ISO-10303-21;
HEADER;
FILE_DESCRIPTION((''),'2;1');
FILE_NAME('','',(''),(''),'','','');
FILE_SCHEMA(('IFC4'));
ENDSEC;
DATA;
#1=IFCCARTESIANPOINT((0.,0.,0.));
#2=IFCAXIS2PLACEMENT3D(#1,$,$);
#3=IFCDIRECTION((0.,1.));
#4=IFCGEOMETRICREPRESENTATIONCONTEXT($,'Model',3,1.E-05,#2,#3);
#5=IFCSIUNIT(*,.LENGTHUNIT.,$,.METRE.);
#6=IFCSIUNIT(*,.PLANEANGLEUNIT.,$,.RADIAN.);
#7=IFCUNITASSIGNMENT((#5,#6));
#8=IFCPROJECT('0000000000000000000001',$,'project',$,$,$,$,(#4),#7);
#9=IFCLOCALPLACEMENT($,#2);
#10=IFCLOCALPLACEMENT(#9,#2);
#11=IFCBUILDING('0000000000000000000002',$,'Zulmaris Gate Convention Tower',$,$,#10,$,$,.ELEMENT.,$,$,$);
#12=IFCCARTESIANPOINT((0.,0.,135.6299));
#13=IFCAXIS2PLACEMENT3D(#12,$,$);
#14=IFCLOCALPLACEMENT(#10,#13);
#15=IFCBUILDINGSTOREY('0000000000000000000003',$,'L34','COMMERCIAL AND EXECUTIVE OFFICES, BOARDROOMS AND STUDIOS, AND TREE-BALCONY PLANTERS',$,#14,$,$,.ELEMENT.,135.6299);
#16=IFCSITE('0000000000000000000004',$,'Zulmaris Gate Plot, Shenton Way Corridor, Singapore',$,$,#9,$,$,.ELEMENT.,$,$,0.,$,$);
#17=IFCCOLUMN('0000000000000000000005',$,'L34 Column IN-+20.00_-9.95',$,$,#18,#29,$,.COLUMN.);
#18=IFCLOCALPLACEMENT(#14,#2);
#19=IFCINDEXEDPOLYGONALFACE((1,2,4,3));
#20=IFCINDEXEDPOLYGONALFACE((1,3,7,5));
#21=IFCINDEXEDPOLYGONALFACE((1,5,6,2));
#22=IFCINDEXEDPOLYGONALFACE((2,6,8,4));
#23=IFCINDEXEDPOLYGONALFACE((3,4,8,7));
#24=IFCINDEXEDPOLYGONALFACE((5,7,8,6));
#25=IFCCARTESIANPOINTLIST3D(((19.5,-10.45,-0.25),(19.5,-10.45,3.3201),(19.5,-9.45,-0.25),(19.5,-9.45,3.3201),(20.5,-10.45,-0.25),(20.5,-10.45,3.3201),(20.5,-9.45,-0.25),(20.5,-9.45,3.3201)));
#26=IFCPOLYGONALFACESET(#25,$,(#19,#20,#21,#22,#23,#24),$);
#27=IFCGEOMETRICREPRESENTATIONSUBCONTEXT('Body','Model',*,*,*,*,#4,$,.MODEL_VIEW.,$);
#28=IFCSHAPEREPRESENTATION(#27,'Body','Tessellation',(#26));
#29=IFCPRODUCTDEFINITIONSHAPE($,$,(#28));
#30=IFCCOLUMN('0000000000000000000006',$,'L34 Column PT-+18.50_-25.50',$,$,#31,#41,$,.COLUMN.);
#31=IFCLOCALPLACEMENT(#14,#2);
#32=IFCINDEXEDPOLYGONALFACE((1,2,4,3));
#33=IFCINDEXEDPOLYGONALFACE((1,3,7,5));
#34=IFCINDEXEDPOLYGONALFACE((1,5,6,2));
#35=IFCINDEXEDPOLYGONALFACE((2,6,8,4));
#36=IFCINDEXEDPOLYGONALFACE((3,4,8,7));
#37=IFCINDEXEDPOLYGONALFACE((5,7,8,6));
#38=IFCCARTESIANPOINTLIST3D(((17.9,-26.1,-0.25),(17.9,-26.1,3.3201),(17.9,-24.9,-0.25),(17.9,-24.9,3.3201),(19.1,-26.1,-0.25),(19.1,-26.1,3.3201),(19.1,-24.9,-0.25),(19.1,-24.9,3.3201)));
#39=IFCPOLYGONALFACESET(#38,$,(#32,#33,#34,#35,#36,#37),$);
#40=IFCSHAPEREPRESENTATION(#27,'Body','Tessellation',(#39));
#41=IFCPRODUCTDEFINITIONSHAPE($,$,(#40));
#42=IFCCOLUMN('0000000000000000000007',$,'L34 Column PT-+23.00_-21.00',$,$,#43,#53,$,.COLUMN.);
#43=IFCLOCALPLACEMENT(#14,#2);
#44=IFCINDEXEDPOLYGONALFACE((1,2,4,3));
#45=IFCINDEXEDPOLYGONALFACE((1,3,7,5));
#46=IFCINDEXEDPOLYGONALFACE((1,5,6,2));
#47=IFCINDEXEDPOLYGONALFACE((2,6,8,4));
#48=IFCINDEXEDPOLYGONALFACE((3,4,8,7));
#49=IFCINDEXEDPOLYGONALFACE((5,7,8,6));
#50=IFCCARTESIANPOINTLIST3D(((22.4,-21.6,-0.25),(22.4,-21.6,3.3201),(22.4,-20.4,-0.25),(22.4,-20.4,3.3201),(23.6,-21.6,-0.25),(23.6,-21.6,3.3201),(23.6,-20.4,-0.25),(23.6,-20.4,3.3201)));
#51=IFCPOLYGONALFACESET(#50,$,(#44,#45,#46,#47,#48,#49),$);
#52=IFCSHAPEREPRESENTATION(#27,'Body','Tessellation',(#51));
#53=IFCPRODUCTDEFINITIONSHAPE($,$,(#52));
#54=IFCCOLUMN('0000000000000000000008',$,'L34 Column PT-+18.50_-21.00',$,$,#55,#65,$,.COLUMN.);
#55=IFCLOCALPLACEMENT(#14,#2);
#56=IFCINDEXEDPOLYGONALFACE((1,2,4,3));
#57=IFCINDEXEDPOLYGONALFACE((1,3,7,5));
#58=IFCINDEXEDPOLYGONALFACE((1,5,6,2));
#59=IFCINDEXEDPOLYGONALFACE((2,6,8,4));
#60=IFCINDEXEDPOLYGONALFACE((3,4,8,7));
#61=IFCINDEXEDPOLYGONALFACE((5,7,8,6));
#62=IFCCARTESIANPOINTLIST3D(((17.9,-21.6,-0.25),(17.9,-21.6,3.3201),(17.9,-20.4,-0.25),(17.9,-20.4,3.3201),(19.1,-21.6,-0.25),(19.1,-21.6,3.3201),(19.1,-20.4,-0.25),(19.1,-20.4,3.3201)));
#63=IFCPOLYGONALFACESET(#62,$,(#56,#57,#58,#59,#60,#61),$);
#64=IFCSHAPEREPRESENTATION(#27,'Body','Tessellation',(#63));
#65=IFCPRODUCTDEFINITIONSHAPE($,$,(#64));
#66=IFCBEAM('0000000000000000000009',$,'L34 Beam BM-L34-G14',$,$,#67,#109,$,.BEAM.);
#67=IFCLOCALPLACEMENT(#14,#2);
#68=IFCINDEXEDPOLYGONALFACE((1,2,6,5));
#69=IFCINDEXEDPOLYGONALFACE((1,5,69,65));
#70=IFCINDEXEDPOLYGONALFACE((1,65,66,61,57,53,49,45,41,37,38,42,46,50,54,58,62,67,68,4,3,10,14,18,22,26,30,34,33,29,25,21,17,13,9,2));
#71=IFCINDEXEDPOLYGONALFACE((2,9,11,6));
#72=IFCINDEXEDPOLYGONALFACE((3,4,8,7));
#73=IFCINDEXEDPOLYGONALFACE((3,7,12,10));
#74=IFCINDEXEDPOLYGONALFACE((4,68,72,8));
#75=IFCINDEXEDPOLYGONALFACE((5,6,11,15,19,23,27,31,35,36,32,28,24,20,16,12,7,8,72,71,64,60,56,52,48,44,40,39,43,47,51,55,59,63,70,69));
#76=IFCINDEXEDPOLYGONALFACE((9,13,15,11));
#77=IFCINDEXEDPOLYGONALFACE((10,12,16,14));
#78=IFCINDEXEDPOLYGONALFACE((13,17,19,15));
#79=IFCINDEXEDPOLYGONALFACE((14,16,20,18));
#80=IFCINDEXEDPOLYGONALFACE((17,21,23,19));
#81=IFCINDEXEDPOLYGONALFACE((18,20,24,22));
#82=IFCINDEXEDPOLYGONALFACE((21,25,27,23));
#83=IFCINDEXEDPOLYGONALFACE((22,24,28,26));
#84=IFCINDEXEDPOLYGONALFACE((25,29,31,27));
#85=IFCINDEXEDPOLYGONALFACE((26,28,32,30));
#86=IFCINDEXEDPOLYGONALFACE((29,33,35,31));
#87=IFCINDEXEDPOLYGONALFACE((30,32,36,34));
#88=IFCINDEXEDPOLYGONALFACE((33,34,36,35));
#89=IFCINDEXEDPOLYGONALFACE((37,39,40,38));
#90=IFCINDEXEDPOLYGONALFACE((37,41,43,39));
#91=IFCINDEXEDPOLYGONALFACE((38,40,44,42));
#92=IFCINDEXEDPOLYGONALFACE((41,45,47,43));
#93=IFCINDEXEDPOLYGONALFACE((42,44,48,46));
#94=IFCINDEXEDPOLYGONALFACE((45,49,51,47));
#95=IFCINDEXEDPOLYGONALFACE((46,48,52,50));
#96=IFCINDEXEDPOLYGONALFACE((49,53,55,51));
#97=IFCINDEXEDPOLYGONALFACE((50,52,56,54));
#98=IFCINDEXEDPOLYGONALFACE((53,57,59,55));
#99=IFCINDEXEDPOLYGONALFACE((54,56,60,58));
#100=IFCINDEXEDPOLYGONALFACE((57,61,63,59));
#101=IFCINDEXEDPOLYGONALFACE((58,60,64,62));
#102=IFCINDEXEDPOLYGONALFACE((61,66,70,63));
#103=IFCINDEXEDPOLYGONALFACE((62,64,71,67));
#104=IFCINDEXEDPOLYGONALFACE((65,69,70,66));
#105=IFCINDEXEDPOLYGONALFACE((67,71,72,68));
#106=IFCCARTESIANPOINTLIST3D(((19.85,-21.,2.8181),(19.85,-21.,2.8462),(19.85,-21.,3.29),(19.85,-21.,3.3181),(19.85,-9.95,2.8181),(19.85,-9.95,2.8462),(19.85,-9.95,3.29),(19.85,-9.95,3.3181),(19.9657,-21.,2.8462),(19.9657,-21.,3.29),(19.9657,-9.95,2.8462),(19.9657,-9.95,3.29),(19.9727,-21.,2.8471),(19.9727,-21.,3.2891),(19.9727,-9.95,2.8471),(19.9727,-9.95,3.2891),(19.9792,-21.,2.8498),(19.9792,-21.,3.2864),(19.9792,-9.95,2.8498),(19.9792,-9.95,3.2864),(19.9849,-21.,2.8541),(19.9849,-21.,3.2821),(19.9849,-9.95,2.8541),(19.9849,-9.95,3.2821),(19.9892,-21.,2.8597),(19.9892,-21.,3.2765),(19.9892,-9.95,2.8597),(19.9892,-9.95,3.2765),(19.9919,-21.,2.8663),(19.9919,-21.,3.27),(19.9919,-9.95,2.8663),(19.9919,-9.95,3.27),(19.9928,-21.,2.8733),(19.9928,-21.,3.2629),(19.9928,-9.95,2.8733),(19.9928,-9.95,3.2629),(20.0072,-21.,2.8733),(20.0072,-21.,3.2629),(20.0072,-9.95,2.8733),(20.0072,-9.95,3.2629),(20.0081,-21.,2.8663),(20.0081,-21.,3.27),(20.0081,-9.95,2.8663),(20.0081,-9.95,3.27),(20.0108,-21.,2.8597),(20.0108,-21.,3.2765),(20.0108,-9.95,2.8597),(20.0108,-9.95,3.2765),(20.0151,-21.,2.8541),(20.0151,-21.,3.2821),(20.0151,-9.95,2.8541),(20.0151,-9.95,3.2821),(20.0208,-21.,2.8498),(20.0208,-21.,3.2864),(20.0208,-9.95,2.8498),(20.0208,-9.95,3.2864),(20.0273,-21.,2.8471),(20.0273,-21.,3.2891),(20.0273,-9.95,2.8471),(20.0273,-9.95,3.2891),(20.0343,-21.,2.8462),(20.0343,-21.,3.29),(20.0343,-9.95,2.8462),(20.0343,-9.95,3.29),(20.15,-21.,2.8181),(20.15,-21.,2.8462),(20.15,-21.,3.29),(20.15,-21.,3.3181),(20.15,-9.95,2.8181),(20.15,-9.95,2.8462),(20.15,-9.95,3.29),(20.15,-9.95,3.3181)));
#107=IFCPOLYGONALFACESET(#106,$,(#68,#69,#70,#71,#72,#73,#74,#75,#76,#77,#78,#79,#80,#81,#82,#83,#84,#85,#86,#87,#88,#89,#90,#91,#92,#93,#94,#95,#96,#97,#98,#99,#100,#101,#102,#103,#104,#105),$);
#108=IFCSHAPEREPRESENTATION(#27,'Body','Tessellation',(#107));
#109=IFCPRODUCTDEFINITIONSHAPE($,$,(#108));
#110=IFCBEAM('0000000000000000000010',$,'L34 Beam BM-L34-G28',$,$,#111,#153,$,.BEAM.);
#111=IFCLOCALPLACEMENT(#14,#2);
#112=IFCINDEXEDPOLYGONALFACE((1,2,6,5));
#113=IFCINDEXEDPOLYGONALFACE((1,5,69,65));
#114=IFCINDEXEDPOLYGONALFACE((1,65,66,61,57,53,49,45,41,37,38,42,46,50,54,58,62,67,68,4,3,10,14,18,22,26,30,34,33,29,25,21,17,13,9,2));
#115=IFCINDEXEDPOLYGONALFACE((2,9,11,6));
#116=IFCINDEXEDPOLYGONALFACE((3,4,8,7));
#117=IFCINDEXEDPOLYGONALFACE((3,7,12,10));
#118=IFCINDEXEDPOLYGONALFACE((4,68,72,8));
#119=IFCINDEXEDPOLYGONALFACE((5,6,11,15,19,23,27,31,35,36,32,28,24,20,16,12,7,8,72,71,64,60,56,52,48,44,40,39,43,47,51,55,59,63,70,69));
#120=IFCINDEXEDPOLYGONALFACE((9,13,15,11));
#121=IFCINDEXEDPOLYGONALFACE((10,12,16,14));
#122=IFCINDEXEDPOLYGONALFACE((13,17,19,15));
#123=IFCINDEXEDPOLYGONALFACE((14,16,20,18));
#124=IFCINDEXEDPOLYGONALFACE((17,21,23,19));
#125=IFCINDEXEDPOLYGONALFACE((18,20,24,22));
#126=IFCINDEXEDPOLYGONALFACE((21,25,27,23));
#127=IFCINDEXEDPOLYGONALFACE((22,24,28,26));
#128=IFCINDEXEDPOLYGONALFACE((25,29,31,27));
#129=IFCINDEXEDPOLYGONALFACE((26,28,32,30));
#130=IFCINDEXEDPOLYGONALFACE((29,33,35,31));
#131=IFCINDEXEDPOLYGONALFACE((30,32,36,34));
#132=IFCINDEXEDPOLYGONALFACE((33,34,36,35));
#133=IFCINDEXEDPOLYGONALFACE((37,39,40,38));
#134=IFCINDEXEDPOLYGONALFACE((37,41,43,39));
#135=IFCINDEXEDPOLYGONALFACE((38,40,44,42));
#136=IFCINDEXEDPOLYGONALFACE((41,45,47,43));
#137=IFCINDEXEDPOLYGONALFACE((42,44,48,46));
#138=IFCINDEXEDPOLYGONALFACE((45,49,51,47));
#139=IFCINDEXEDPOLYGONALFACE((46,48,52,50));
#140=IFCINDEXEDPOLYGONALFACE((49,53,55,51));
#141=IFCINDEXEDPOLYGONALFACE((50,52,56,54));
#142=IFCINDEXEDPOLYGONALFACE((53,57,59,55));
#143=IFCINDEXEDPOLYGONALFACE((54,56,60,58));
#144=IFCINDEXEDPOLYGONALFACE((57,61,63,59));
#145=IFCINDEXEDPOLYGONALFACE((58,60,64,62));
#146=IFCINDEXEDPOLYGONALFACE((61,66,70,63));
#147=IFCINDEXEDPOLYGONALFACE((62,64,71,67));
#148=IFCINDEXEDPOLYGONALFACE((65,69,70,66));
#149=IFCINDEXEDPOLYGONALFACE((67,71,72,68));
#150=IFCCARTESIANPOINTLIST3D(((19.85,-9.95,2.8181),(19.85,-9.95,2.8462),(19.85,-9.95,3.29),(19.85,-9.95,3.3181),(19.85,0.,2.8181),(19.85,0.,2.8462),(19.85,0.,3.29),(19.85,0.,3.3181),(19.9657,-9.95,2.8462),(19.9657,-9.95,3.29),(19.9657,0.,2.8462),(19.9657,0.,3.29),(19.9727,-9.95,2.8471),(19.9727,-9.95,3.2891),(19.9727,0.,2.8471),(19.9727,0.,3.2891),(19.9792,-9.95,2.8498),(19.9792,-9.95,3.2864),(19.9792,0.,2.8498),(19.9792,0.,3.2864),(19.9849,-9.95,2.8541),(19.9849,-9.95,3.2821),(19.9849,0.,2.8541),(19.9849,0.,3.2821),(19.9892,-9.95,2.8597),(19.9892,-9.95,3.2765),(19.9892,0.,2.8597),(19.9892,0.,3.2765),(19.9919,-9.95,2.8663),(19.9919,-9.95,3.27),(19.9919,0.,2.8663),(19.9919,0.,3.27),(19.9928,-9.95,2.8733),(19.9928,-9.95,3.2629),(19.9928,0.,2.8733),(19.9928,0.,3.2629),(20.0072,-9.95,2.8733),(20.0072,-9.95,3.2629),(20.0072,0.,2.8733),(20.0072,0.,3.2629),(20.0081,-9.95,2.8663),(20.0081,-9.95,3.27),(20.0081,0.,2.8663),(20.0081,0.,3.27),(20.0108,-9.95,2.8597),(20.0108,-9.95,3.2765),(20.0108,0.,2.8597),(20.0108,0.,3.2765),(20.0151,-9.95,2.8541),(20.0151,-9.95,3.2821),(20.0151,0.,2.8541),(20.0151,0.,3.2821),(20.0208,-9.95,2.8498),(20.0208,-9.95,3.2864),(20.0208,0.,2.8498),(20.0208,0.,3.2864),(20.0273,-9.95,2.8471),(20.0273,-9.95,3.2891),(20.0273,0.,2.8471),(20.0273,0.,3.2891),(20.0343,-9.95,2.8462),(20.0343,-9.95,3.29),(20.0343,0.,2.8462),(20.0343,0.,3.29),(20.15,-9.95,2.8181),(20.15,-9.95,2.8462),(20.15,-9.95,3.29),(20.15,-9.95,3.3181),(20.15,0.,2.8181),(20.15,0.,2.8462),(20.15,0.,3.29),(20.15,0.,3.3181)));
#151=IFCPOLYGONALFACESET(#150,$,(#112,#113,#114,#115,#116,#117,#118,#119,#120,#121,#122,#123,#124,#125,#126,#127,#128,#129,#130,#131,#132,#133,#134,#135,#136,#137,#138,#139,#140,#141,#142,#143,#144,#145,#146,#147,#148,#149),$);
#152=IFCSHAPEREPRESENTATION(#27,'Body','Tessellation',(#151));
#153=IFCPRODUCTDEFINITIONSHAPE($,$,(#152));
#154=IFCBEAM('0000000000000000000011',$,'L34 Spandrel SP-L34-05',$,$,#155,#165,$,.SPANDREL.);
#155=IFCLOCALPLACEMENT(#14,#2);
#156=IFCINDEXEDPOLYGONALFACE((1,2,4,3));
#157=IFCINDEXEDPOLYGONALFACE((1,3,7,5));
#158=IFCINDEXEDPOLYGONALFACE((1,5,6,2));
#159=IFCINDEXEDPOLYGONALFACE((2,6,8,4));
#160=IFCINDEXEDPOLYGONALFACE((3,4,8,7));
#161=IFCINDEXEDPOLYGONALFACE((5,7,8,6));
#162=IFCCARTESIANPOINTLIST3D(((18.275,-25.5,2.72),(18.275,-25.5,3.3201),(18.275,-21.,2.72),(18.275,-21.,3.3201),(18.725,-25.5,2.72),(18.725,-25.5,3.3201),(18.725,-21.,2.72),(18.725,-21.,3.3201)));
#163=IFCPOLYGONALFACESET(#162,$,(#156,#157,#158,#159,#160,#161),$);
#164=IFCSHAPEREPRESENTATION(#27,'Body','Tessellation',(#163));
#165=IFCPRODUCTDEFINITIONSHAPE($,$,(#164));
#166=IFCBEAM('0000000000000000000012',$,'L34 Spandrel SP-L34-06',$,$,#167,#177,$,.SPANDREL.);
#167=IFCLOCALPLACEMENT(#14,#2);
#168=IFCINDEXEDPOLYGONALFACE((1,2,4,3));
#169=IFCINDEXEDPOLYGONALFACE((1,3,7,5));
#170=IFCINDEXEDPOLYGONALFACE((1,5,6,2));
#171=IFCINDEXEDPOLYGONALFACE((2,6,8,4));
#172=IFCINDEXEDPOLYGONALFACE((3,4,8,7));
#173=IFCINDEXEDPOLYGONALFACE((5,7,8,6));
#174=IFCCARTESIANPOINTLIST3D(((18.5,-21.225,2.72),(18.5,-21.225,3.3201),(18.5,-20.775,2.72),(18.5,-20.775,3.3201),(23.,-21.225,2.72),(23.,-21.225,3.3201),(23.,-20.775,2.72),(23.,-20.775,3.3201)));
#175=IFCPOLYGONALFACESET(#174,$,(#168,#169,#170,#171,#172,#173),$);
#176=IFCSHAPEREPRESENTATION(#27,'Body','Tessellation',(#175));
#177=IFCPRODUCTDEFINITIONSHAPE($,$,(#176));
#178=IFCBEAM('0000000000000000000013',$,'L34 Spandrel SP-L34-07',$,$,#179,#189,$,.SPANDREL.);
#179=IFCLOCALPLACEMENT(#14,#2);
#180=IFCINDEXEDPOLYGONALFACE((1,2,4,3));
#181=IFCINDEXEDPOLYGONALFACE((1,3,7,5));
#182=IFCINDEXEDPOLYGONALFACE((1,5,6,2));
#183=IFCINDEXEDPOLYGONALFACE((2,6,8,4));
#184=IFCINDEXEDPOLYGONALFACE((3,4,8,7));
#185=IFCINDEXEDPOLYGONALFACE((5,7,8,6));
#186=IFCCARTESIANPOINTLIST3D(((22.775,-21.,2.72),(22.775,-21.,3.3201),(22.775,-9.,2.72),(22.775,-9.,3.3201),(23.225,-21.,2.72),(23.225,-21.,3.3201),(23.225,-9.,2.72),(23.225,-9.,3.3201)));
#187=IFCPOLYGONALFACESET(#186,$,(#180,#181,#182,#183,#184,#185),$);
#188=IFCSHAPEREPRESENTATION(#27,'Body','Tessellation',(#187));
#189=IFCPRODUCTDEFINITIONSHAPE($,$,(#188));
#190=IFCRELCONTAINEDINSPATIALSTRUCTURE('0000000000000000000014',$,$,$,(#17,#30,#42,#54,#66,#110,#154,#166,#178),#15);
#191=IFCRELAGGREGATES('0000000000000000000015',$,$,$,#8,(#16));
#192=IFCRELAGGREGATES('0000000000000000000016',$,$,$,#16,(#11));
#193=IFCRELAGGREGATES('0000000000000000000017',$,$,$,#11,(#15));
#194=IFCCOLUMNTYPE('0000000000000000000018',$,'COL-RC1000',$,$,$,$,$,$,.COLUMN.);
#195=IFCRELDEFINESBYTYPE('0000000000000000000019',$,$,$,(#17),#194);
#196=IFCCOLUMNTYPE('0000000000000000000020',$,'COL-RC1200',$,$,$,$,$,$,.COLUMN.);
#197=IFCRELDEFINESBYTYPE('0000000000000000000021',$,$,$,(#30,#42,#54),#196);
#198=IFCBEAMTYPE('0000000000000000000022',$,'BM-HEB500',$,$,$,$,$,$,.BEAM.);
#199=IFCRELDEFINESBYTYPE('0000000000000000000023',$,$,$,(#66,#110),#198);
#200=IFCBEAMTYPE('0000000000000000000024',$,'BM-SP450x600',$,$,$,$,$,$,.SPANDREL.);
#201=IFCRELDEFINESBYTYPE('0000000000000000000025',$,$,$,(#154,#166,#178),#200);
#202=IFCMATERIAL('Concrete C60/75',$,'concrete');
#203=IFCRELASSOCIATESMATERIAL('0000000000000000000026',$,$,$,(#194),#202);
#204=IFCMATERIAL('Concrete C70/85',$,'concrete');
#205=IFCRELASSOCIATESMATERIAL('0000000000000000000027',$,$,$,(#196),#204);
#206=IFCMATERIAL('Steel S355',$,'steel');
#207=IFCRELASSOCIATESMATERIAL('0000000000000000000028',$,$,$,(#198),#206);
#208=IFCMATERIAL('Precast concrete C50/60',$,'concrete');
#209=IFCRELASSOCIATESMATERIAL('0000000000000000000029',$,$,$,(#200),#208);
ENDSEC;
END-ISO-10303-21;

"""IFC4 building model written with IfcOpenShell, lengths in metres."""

from ifc_helpers import new_model, si_unit, direction, frame, origin, origin_2d, place, context, subcontext, project, spatial, rectangle, i_section, extrude, material, material_profile, profile_set, type_object, element, save


model = new_model("IFC4")

# Units and contexts
model_context = context("Model", 3, precision=1e-05, world=origin(), true_north=direction((0.0, 1.0)))
body_context = subcontext(model_context, "Body", "Model", "MODEL_VIEW")
ifc_project = project(units=[si_unit("LENGTHUNIT", "METRE"), si_unit("PLANEANGLEUNIT", "RADIAN")], contexts=[model_context])

# Site, building, storey
site_placement = place(None, origin())
site = spatial("IfcSite", under=ifc_project, at=site_placement, Name="Zulmaris Gate Plot, Shenton Way Corridor, Singapore", CompositionType="ELEMENT", RefElevation=0.0)
building_placement = place(site_placement, origin())
building = spatial("IfcBuilding", under=site, at=building_placement, Name="Zulmaris Gate Convention Tower", CompositionType="ELEMENT")
storey_placement = place(building_placement, frame((0.0, 0.0, 135.6299)))
storey = spatial("IfcBuildingStorey", under=building, at=storey_placement, Name="L34", Description="COMMERCIAL AND EXECUTIVE OFFICES, BOARDROOMS AND STUDIOS, AND TREE-BALCONY PLANTERS", CompositionType="ELEMENT", Elevation=135.6299)

# Columns
ifc_material_1 = material(Name="Concrete C60/75", Category="concrete")
ifc_material_profile_1 = material_profile(ifc_material_1, rectangle(XDim=1.0, YDim=1.0, at=origin_2d()), Name="RC COL 1000x1000")
ifc_profile_set_1 = profile_set([ifc_material_profile_1], Name="Concrete C60/75")
column_type_1 = type_object("IfcColumnType", Name="COL-RC1000", PredefinedType="COLUMN", material=ifc_profile_set_1)
column_placement = place(storey_placement, frame((20.0, -9.95, -0.25), z_axis=(0.0, 0.0, 1.0), x_axis=(1.0, 0.0, 0.0)))
element("IfcColumn", 1, at=column_placement, inside=storey, type_object=column_type_1, Name="L34 Column IN-+20.00_-9.95", PredefinedType="COLUMN", context=body_context, shape_type="SweptSolid", body=[
    extrude(rectangle(XDim=1.0, YDim=1.0, at=origin_2d()), origin(), (0.0, 0.0, 1.0), 3.5701),
])
ifc_material_2 = material(Name="Concrete C70/85", Category="concrete")
ifc_material_profile_2 = material_profile(ifc_material_2, rectangle(XDim=1.2, YDim=1.2, at=origin_2d()), Name="RC COL 1200x1200")
ifc_profile_set_2 = profile_set([ifc_material_profile_2], Name="Concrete C70/85")
column_type_2 = type_object("IfcColumnType", Name="COL-RC1200", PredefinedType="COLUMN", material=ifc_profile_set_2)
for number, where, z_axis, x_axis, name in (
    (2, (18.5, -25.5, -0.25), (0.0, 0.0, 1.0), (1.0, 0.0, 0.0), "L34 Column PT-+18.50_-25.50"),
    (3, (23.0, -21.0, -0.25), (0.0, 0.0, 1.0), (1.0, 0.0, 0.0), "L34 Column PT-+23.00_-21.00"),
    (4, (18.5, -21.0, -0.25), (0.0, 0.0, 1.0), (1.0, 0.0, 0.0), "L34 Column PT-+18.50_-21.00"),
):
    element("IfcColumn", number, at=place(storey_placement, frame(where, z_axis=z_axis, x_axis=x_axis)), inside=storey, type_object=column_type_2, Name=name, PredefinedType="COLUMN", context=body_context, shape_type="SweptSolid", body=[
        extrude(rectangle(XDim=1.2, YDim=1.2, at=origin_2d()), origin(), (0.0, 0.0, 1.0), 3.5701),
    ])

# Beams
ifc_material_3 = material(Name="Steel S355", Category="steel")
ifc_material_profile_3 = material_profile(ifc_material_3, i_section(OverallWidth=0.3, OverallDepth=0.5, WebThickness=0.0144, FlangeThickness=0.0281, FilletRadius=0.0271, at=origin_2d()), Name="HEB 500")
ifc_profile_set_3 = profile_set([ifc_material_profile_3], Name="Steel S355")
beam_type_1 = type_object("IfcBeamType", Name="BM-HEB500", PredefinedType="BEAM", material=ifc_profile_set_3)
beam_1_placement = place(storey_placement, frame((20.0, -21.0, 3.0681), z_axis=(0.0, 1.0, 0.0), x_axis=(-1.0, 0.0, 0.0)))
element("IfcBeam", 5, at=beam_1_placement, inside=storey, type_object=beam_type_1, Name="L34 Beam BM-L34-G14", PredefinedType="BEAM", context=body_context, shape_type="SweptSolid", body=[
    extrude(i_section(OverallWidth=0.3, OverallDepth=0.5, WebThickness=0.0144, FlangeThickness=0.0281, FilletRadius=0.0271, at=origin_2d()), origin(), (0.0, 0.0, 1.0), 11.05),
])
beam_2_placement = place(storey_placement, frame((20.0, -9.95, 3.0681), z_axis=(0.0, 1.0, 0.0), x_axis=(-1.0, 0.0, 0.0)))
element("IfcBeam", 6, at=beam_2_placement, inside=storey, type_object=beam_type_1, Name="L34 Beam BM-L34-G28", PredefinedType="BEAM", context=body_context, shape_type="SweptSolid", body=[
    extrude(i_section(OverallWidth=0.3, OverallDepth=0.5, WebThickness=0.0144, FlangeThickness=0.0281, FilletRadius=0.0271, at=origin_2d()), origin(), (0.0, 0.0, 1.0), 9.95),
])
ifc_material_4 = material(Name="Precast concrete C50/60", Category="concrete")
ifc_material_profile_4 = material_profile(ifc_material_4, rectangle(XDim=0.45, YDim=0.6001, at=origin_2d()), Name="RC SPANDREL 450x600")
ifc_profile_set_4 = profile_set([ifc_material_profile_4], Name="Precast concrete C50/60")
beam_type_2 = type_object("IfcBeamType", Name="BM-SP450x600", PredefinedType="SPANDREL", material=ifc_profile_set_4)
for number, where, z_axis, x_axis, name in (
    (7, (18.5, -25.5, 3.02), (0.0, 1.0, 0.0), (-1.0, 0.0, 0.0), "L34 Spandrel SP-L34-05"),
    (8, (18.5, -21.0, 3.02), (1.0, 0.0, 0.0), (0.0, 1.0, 0.0), "L34 Spandrel SP-L34-06"),
):
    element("IfcBeam", number, at=place(storey_placement, frame(where, z_axis=z_axis, x_axis=x_axis)), inside=storey, type_object=beam_type_2, Name=name, PredefinedType="SPANDREL", context=body_context, shape_type="SweptSolid", body=[
        extrude(rectangle(XDim=0.45, YDim=0.6001, at=origin_2d()), origin(), (0.0, 0.0, 1.0), 4.5),
    ])
beam_3_placement = place(storey_placement, frame((23.0, -21.0, 3.02), z_axis=(0.0, 1.0, 0.0), x_axis=(-1.0, 0.0, 0.0)))
element("IfcBeam", 9, at=beam_3_placement, inside=storey, type_object=beam_type_2, Name="L34 Spandrel SP-L34-07", PredefinedType="SPANDREL", context=body_context, shape_type="SweptSolid", body=[
    extrude(rectangle(XDim=0.45, YDim=0.6001, at=origin_2d()), origin(), (0.0, 0.0, 1.0), 12.0),
])

save(model, "model.ifc")
